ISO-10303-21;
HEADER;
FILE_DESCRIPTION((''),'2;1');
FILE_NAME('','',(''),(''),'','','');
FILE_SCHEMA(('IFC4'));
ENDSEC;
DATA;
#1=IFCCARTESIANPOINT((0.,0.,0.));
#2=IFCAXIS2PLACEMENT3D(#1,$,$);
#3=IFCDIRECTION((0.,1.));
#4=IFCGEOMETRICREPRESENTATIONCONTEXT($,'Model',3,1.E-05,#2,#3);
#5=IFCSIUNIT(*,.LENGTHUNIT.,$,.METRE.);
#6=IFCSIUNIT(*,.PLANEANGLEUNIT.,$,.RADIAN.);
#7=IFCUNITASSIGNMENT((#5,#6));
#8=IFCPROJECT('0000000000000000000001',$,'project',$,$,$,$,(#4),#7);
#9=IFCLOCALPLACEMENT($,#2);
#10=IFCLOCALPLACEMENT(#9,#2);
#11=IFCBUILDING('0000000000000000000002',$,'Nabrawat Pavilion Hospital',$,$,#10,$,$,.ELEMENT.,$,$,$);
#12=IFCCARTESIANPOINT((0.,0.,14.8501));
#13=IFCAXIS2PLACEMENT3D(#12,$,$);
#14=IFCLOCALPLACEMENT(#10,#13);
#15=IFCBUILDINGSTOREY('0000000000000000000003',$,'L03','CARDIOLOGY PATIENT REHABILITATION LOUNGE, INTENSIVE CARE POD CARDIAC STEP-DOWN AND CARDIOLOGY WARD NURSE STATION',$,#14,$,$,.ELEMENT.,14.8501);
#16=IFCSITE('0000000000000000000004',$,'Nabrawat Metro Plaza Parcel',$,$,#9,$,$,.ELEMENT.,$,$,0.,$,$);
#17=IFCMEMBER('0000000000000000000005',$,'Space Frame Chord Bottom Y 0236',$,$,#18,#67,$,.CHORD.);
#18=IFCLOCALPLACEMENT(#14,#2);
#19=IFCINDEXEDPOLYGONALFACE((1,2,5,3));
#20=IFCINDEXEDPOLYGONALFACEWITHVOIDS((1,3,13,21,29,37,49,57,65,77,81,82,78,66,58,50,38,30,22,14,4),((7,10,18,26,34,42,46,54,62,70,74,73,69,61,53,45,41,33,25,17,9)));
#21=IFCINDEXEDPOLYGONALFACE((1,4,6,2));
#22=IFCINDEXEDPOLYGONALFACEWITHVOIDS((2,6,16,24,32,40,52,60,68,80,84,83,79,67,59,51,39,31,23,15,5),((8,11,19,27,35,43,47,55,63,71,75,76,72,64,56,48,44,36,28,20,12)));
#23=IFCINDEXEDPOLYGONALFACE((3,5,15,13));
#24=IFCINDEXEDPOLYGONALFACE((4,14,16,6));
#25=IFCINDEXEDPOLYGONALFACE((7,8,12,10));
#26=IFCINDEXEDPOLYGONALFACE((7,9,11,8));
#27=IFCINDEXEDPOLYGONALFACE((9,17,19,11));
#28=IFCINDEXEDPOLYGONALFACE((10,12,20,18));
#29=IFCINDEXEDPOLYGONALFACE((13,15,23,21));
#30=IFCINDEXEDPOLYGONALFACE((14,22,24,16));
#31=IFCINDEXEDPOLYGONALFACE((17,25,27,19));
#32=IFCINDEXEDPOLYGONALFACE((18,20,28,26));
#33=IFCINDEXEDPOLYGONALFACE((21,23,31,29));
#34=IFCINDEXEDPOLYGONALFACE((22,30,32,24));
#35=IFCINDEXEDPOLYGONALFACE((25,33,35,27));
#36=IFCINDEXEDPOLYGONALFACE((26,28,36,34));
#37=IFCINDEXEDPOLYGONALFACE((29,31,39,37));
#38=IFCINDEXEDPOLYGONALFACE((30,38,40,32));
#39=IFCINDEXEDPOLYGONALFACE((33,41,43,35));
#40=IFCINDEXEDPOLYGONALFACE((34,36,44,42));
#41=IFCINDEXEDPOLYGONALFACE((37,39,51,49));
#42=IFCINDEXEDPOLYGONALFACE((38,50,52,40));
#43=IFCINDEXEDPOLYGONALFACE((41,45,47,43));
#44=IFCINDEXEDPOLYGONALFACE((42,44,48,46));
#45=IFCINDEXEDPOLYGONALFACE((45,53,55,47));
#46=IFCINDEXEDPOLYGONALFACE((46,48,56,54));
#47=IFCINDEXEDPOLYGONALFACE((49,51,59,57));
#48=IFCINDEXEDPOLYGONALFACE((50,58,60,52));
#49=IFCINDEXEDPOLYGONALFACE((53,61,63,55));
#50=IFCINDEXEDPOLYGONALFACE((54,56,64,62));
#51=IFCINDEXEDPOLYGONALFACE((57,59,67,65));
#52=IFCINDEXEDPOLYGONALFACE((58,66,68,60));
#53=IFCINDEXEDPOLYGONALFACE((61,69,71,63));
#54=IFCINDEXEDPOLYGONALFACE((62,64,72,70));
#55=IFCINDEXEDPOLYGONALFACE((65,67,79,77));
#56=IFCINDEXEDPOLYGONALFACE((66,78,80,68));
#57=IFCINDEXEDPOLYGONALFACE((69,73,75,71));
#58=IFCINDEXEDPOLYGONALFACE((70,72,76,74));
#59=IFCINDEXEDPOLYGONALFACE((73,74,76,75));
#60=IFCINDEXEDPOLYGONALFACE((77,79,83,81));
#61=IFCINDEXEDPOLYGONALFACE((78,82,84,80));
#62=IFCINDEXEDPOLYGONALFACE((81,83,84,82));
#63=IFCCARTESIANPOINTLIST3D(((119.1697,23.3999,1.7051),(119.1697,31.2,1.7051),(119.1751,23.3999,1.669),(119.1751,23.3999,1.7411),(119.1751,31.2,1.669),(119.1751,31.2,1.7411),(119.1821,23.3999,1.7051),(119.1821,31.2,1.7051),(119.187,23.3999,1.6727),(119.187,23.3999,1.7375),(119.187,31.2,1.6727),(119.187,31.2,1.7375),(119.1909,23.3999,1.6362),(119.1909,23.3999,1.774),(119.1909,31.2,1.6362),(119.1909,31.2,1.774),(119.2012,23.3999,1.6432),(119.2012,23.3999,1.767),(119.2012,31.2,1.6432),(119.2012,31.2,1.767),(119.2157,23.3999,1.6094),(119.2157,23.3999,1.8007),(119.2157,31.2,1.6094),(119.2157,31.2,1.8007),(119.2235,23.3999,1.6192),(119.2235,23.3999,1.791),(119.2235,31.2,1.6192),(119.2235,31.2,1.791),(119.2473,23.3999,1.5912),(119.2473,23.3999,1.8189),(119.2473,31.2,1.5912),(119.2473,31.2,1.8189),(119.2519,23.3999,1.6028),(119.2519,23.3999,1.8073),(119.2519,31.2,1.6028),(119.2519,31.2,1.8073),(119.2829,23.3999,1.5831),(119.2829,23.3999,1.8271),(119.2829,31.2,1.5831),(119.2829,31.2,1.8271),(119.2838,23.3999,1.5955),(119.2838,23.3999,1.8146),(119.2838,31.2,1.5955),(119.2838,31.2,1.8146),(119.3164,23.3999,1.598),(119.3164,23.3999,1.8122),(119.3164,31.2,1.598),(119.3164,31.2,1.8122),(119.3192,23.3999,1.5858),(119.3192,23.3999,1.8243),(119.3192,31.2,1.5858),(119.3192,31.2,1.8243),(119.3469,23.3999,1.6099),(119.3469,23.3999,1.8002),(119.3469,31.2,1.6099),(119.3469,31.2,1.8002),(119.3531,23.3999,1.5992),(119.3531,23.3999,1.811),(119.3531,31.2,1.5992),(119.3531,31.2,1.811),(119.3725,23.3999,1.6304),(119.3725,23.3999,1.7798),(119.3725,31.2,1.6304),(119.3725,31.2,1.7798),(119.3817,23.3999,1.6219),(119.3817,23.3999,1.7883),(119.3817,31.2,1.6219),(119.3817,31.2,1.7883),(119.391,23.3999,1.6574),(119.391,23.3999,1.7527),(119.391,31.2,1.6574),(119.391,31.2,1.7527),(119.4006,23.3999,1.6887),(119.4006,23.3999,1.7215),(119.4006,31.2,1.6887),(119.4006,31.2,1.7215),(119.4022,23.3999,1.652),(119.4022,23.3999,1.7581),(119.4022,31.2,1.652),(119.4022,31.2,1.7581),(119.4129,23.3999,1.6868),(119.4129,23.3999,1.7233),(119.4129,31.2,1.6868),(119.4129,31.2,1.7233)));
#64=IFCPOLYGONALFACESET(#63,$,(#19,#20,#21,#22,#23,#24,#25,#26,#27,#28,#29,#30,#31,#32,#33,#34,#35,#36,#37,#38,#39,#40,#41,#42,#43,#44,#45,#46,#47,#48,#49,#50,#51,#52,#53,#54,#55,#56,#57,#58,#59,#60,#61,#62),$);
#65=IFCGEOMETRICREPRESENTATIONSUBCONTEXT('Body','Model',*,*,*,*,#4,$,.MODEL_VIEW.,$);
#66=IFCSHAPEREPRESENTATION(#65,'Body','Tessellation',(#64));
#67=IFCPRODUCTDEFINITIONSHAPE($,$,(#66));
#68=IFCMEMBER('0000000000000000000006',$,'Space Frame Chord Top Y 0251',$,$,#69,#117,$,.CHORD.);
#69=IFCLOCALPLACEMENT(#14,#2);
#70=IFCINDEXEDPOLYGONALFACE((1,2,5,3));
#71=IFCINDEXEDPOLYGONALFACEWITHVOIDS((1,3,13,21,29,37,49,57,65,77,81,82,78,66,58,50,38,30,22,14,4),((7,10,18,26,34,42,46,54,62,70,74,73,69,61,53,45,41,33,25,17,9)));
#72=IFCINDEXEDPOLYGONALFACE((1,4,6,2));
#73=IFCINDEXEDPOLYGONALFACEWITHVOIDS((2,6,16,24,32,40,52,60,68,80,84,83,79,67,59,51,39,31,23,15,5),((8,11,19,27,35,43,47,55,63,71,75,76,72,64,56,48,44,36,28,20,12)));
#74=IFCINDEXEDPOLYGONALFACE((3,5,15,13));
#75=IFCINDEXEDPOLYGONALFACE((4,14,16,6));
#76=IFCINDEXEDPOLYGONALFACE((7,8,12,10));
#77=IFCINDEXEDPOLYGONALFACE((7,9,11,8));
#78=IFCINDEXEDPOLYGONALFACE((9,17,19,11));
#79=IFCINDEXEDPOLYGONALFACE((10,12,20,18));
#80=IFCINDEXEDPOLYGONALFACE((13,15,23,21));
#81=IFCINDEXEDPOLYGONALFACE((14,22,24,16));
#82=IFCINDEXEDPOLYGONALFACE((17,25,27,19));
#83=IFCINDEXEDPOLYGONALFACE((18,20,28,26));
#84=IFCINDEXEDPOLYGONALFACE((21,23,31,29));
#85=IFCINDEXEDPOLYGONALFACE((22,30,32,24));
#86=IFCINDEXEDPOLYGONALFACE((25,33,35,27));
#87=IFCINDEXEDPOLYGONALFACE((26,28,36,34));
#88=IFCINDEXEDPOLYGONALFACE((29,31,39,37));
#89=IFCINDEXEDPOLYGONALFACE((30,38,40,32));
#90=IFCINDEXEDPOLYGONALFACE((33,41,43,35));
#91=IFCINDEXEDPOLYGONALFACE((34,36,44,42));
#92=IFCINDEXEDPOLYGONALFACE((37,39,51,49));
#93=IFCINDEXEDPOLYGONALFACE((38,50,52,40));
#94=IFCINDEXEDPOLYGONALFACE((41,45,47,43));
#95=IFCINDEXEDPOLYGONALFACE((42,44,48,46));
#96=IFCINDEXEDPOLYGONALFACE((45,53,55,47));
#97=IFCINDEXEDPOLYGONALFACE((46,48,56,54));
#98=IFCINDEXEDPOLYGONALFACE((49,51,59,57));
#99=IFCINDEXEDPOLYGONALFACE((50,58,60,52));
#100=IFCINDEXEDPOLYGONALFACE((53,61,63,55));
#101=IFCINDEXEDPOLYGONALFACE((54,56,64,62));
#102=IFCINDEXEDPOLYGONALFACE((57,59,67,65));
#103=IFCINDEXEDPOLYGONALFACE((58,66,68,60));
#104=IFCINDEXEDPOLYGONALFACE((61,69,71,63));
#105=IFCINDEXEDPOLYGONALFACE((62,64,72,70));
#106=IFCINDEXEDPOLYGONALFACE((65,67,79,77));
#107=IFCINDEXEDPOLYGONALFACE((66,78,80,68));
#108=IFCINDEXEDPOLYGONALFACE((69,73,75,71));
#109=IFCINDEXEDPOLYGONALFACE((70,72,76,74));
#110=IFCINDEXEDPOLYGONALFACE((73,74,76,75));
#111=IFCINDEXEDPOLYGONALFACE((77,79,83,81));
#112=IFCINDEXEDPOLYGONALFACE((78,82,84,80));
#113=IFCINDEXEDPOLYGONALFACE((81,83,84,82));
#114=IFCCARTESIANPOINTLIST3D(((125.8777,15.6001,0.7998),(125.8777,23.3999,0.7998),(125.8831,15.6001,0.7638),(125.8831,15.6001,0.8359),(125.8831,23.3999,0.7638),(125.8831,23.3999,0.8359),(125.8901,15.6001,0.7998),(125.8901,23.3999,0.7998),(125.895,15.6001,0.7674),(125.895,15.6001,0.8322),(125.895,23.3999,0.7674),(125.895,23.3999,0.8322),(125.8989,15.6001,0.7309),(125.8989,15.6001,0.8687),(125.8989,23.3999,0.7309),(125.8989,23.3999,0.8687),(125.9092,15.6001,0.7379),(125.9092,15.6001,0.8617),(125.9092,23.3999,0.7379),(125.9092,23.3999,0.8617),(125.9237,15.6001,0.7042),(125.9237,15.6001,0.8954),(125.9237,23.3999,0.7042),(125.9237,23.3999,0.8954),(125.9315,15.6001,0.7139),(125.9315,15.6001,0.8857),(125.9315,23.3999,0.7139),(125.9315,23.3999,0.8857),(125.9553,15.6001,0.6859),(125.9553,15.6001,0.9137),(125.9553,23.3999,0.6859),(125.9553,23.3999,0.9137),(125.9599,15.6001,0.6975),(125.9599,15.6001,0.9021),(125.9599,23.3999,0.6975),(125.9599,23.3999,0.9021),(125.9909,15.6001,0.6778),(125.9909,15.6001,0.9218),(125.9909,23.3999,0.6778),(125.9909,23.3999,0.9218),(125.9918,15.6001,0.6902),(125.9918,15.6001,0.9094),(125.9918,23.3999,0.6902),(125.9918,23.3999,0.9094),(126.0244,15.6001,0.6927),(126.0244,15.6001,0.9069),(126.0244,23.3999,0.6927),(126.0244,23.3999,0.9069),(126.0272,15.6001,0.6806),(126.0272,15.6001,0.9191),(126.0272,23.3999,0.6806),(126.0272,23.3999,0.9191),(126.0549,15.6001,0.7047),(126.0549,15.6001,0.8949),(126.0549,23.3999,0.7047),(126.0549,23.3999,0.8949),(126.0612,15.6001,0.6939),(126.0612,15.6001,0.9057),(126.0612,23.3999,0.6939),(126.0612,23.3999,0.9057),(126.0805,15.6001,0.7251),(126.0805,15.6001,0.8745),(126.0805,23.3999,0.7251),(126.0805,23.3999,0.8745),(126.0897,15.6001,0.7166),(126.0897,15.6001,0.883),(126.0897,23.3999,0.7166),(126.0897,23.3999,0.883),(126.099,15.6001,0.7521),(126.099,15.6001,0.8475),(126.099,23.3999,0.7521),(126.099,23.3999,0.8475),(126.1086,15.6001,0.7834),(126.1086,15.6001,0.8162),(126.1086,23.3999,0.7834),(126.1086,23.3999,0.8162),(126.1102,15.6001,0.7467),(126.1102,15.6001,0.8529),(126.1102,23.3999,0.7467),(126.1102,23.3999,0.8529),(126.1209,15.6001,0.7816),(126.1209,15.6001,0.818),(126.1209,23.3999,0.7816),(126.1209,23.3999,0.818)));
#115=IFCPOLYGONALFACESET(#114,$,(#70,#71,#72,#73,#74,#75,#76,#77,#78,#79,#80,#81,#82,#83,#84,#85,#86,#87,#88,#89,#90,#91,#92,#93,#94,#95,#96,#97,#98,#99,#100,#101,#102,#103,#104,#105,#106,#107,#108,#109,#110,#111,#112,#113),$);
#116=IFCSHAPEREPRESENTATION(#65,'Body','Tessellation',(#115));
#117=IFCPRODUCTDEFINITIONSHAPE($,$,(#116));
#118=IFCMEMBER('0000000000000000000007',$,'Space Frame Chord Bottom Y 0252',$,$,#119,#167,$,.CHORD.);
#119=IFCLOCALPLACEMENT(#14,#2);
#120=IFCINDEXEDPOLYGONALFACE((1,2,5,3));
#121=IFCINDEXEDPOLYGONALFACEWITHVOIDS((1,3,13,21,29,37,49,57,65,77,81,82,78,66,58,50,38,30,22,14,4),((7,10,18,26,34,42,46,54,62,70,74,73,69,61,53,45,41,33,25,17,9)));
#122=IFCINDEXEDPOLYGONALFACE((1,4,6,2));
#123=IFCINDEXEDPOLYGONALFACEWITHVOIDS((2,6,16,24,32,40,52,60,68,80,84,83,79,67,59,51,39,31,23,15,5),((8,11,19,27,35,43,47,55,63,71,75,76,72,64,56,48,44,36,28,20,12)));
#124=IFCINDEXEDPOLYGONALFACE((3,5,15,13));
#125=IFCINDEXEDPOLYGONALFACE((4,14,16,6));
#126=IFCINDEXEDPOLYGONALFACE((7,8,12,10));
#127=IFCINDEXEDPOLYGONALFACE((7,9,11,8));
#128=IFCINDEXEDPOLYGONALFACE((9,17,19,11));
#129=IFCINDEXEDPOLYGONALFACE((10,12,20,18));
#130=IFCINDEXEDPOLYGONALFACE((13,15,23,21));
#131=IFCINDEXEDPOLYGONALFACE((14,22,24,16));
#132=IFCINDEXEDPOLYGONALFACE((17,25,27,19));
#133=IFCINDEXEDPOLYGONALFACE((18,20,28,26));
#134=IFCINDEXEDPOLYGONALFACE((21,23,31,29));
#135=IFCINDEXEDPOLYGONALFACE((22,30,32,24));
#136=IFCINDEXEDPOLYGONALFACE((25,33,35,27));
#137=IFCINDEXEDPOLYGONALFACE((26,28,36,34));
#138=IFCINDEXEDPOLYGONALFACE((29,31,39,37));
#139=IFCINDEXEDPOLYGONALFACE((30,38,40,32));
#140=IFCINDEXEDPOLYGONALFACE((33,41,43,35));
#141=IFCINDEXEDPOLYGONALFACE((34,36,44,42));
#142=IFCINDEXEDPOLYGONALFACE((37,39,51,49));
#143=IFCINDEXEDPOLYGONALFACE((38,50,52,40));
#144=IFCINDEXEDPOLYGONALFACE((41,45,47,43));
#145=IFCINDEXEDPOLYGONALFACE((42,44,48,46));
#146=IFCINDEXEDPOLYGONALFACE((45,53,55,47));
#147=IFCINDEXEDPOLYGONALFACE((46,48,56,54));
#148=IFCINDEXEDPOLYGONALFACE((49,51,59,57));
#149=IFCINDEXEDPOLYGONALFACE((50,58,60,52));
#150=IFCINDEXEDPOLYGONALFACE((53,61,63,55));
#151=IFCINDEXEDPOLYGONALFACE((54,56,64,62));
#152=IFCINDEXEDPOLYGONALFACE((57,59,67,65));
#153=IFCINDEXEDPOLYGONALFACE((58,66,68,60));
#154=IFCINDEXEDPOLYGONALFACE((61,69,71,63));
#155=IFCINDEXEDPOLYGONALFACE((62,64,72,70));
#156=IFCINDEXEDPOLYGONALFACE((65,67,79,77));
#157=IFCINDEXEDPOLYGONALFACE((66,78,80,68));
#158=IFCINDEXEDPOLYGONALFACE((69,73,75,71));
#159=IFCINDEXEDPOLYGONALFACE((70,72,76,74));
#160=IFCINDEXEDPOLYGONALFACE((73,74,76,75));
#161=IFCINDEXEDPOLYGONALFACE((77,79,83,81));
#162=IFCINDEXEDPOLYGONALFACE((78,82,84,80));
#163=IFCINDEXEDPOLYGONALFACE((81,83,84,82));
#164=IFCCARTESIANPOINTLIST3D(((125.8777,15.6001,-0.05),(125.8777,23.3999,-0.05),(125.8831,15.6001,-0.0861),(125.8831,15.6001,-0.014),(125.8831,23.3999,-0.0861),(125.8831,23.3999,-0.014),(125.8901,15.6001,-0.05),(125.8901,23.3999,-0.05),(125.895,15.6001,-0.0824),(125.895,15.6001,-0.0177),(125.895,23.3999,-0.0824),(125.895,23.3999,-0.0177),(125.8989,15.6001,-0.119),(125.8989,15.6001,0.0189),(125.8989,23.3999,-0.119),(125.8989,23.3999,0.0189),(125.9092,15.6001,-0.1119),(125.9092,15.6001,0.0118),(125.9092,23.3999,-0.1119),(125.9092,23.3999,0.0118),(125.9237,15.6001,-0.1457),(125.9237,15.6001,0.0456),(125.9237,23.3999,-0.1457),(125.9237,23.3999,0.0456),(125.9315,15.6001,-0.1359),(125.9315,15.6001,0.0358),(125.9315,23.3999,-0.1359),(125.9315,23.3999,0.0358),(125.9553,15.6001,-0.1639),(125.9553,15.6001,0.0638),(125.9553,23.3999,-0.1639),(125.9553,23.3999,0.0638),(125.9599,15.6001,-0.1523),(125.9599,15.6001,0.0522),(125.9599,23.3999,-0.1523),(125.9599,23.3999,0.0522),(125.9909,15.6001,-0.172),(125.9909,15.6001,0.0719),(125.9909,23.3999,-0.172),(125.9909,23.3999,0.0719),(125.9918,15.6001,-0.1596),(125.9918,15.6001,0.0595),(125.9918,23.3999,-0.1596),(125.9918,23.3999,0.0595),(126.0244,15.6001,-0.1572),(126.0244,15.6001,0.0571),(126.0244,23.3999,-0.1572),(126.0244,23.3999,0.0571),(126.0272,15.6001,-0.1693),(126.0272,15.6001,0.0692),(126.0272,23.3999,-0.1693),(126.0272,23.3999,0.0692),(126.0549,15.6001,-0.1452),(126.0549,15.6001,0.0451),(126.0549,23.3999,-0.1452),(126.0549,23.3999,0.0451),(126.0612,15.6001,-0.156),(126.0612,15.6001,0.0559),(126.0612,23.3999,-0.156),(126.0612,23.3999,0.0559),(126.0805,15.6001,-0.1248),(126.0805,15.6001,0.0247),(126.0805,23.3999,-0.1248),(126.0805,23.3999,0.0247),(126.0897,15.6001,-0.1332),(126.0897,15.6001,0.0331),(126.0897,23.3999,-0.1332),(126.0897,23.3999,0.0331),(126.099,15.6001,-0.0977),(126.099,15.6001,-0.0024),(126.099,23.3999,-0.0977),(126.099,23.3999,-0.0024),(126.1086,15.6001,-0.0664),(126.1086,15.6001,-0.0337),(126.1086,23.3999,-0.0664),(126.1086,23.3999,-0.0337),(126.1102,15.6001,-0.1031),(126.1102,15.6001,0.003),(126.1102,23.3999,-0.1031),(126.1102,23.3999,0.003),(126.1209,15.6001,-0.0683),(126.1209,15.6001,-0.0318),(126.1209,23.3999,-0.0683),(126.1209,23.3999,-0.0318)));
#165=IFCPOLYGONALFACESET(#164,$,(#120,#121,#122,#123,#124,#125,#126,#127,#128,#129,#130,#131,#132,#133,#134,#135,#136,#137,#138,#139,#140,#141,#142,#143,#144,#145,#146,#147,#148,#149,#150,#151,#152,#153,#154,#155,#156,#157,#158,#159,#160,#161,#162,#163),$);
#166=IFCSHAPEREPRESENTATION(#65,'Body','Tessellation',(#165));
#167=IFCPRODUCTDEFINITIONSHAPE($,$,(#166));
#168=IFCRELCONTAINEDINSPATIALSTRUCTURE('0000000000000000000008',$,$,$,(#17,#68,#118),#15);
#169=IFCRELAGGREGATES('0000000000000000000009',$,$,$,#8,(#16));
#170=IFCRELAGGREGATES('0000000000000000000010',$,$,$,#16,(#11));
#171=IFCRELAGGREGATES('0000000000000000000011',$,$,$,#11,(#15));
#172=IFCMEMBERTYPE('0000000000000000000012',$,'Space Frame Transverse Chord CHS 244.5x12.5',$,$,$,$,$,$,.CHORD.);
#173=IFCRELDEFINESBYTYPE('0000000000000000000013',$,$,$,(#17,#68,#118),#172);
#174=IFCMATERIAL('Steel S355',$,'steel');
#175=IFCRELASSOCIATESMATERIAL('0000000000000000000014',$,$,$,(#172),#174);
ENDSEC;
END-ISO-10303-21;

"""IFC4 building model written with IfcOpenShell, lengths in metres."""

from ifc_helpers import new_model, si_unit, direction, frame, origin, origin_2d, place, context, subcontext, project, spatial, hollow_circle, extrude, material, material_profile, profile_set, type_object, element, save


model = new_model("IFC4")

# Units and contexts
model_context = context("Model", 3, precision=1e-05, world=origin(), true_north=direction((0.0, 1.0)))
body_context = subcontext(model_context, "Body", "Model", "MODEL_VIEW")
ifc_project = project(units=[si_unit("LENGTHUNIT", "METRE"), si_unit("PLANEANGLEUNIT", "RADIAN")], contexts=[model_context])

# Site, building, storey
site_placement = place(None, origin())
site = spatial("IfcSite", under=ifc_project, at=site_placement, Name="Nabrawat Metro Plaza Parcel", CompositionType="ELEMENT", RefElevation=0.0)
building_placement = place(site_placement, origin())
building = spatial("IfcBuilding", under=site, at=building_placement, Name="Nabrawat Pavilion Hospital", CompositionType="ELEMENT")
storey_placement = place(building_placement, frame((0.0, 0.0, 14.8501)))
storey = spatial("IfcBuildingStorey", under=building, at=storey_placement, Name="L03", Description="CARDIOLOGY PATIENT REHABILITATION LOUNGE, INTENSIVE CARE POD CARDIAC STEP-DOWN AND CARDIOLOGY WARD NURSE STATION", CompositionType="ELEMENT", Elevation=14.8501)

# Shared definitions
ifc_material = material(Name="Steel S355", Category="steel")

# Members
ifc_material_profile_1 = material_profile(ifc_material, hollow_circle(Radius=0.1223, WallThickness=0.0125, at=origin_2d()), Name="CHS 244.5x12.5")
ifc_profile_set_1 = profile_set([ifc_material_profile_1], Name="Steel S355")
member_type_1 = type_object("IfcMemberType", Name="Space Frame Transverse Chord CHS 244.5x12.5", PredefinedType="CHORD", material=ifc_profile_set_1)
for number, where, z_axis, x_axis, name in (
    (1, (119.292, 23.3999, 1.7051), (0.0, 1.0, 0.0), (-1.0, 0.0, 0.0), "Space Frame Chord Bottom Y 0236"),
):
    element("IfcMember", number, at=place(storey_placement, frame(where, z_axis=z_axis, x_axis=x_axis)), inside=storey, type_object=member_type_1, Name=name, PredefinedType="CHORD", context=body_context, shape_type="SweptSolid", body=[
        extrude(hollow_circle(Radius=0.1223, WallThickness=0.0125, at=origin_2d()), origin(), (0.0, 0.0, 1.0), 7.8),
    ])
for number, where, z_axis, x_axis, name in (
    (2, (126.0, 15.6001, 0.7998), (0.0, 1.0, 0.0), (-1.0, 0.0, 0.0), "Space Frame Chord Top Y 0251"),
    (3, (126.0, 15.6001, -0.05), (0.0, 1.0, 0.0), (-1.0, 0.0, 0.0), "Space Frame Chord Bottom Y 0252"),
):
    element("IfcMember", number, at=place(storey_placement, frame(where, z_axis=z_axis, x_axis=x_axis)), inside=storey, type_object=member_type_1, Name=name, PredefinedType="CHORD", context=body_context, shape_type="SweptSolid", body=[
        extrude(hollow_circle(Radius=0.1223, WallThickness=0.0125, at=origin_2d()), origin(), (0.0, 0.0, 1.0), 7.7998),
    ])

save(model, "model.ifc")
